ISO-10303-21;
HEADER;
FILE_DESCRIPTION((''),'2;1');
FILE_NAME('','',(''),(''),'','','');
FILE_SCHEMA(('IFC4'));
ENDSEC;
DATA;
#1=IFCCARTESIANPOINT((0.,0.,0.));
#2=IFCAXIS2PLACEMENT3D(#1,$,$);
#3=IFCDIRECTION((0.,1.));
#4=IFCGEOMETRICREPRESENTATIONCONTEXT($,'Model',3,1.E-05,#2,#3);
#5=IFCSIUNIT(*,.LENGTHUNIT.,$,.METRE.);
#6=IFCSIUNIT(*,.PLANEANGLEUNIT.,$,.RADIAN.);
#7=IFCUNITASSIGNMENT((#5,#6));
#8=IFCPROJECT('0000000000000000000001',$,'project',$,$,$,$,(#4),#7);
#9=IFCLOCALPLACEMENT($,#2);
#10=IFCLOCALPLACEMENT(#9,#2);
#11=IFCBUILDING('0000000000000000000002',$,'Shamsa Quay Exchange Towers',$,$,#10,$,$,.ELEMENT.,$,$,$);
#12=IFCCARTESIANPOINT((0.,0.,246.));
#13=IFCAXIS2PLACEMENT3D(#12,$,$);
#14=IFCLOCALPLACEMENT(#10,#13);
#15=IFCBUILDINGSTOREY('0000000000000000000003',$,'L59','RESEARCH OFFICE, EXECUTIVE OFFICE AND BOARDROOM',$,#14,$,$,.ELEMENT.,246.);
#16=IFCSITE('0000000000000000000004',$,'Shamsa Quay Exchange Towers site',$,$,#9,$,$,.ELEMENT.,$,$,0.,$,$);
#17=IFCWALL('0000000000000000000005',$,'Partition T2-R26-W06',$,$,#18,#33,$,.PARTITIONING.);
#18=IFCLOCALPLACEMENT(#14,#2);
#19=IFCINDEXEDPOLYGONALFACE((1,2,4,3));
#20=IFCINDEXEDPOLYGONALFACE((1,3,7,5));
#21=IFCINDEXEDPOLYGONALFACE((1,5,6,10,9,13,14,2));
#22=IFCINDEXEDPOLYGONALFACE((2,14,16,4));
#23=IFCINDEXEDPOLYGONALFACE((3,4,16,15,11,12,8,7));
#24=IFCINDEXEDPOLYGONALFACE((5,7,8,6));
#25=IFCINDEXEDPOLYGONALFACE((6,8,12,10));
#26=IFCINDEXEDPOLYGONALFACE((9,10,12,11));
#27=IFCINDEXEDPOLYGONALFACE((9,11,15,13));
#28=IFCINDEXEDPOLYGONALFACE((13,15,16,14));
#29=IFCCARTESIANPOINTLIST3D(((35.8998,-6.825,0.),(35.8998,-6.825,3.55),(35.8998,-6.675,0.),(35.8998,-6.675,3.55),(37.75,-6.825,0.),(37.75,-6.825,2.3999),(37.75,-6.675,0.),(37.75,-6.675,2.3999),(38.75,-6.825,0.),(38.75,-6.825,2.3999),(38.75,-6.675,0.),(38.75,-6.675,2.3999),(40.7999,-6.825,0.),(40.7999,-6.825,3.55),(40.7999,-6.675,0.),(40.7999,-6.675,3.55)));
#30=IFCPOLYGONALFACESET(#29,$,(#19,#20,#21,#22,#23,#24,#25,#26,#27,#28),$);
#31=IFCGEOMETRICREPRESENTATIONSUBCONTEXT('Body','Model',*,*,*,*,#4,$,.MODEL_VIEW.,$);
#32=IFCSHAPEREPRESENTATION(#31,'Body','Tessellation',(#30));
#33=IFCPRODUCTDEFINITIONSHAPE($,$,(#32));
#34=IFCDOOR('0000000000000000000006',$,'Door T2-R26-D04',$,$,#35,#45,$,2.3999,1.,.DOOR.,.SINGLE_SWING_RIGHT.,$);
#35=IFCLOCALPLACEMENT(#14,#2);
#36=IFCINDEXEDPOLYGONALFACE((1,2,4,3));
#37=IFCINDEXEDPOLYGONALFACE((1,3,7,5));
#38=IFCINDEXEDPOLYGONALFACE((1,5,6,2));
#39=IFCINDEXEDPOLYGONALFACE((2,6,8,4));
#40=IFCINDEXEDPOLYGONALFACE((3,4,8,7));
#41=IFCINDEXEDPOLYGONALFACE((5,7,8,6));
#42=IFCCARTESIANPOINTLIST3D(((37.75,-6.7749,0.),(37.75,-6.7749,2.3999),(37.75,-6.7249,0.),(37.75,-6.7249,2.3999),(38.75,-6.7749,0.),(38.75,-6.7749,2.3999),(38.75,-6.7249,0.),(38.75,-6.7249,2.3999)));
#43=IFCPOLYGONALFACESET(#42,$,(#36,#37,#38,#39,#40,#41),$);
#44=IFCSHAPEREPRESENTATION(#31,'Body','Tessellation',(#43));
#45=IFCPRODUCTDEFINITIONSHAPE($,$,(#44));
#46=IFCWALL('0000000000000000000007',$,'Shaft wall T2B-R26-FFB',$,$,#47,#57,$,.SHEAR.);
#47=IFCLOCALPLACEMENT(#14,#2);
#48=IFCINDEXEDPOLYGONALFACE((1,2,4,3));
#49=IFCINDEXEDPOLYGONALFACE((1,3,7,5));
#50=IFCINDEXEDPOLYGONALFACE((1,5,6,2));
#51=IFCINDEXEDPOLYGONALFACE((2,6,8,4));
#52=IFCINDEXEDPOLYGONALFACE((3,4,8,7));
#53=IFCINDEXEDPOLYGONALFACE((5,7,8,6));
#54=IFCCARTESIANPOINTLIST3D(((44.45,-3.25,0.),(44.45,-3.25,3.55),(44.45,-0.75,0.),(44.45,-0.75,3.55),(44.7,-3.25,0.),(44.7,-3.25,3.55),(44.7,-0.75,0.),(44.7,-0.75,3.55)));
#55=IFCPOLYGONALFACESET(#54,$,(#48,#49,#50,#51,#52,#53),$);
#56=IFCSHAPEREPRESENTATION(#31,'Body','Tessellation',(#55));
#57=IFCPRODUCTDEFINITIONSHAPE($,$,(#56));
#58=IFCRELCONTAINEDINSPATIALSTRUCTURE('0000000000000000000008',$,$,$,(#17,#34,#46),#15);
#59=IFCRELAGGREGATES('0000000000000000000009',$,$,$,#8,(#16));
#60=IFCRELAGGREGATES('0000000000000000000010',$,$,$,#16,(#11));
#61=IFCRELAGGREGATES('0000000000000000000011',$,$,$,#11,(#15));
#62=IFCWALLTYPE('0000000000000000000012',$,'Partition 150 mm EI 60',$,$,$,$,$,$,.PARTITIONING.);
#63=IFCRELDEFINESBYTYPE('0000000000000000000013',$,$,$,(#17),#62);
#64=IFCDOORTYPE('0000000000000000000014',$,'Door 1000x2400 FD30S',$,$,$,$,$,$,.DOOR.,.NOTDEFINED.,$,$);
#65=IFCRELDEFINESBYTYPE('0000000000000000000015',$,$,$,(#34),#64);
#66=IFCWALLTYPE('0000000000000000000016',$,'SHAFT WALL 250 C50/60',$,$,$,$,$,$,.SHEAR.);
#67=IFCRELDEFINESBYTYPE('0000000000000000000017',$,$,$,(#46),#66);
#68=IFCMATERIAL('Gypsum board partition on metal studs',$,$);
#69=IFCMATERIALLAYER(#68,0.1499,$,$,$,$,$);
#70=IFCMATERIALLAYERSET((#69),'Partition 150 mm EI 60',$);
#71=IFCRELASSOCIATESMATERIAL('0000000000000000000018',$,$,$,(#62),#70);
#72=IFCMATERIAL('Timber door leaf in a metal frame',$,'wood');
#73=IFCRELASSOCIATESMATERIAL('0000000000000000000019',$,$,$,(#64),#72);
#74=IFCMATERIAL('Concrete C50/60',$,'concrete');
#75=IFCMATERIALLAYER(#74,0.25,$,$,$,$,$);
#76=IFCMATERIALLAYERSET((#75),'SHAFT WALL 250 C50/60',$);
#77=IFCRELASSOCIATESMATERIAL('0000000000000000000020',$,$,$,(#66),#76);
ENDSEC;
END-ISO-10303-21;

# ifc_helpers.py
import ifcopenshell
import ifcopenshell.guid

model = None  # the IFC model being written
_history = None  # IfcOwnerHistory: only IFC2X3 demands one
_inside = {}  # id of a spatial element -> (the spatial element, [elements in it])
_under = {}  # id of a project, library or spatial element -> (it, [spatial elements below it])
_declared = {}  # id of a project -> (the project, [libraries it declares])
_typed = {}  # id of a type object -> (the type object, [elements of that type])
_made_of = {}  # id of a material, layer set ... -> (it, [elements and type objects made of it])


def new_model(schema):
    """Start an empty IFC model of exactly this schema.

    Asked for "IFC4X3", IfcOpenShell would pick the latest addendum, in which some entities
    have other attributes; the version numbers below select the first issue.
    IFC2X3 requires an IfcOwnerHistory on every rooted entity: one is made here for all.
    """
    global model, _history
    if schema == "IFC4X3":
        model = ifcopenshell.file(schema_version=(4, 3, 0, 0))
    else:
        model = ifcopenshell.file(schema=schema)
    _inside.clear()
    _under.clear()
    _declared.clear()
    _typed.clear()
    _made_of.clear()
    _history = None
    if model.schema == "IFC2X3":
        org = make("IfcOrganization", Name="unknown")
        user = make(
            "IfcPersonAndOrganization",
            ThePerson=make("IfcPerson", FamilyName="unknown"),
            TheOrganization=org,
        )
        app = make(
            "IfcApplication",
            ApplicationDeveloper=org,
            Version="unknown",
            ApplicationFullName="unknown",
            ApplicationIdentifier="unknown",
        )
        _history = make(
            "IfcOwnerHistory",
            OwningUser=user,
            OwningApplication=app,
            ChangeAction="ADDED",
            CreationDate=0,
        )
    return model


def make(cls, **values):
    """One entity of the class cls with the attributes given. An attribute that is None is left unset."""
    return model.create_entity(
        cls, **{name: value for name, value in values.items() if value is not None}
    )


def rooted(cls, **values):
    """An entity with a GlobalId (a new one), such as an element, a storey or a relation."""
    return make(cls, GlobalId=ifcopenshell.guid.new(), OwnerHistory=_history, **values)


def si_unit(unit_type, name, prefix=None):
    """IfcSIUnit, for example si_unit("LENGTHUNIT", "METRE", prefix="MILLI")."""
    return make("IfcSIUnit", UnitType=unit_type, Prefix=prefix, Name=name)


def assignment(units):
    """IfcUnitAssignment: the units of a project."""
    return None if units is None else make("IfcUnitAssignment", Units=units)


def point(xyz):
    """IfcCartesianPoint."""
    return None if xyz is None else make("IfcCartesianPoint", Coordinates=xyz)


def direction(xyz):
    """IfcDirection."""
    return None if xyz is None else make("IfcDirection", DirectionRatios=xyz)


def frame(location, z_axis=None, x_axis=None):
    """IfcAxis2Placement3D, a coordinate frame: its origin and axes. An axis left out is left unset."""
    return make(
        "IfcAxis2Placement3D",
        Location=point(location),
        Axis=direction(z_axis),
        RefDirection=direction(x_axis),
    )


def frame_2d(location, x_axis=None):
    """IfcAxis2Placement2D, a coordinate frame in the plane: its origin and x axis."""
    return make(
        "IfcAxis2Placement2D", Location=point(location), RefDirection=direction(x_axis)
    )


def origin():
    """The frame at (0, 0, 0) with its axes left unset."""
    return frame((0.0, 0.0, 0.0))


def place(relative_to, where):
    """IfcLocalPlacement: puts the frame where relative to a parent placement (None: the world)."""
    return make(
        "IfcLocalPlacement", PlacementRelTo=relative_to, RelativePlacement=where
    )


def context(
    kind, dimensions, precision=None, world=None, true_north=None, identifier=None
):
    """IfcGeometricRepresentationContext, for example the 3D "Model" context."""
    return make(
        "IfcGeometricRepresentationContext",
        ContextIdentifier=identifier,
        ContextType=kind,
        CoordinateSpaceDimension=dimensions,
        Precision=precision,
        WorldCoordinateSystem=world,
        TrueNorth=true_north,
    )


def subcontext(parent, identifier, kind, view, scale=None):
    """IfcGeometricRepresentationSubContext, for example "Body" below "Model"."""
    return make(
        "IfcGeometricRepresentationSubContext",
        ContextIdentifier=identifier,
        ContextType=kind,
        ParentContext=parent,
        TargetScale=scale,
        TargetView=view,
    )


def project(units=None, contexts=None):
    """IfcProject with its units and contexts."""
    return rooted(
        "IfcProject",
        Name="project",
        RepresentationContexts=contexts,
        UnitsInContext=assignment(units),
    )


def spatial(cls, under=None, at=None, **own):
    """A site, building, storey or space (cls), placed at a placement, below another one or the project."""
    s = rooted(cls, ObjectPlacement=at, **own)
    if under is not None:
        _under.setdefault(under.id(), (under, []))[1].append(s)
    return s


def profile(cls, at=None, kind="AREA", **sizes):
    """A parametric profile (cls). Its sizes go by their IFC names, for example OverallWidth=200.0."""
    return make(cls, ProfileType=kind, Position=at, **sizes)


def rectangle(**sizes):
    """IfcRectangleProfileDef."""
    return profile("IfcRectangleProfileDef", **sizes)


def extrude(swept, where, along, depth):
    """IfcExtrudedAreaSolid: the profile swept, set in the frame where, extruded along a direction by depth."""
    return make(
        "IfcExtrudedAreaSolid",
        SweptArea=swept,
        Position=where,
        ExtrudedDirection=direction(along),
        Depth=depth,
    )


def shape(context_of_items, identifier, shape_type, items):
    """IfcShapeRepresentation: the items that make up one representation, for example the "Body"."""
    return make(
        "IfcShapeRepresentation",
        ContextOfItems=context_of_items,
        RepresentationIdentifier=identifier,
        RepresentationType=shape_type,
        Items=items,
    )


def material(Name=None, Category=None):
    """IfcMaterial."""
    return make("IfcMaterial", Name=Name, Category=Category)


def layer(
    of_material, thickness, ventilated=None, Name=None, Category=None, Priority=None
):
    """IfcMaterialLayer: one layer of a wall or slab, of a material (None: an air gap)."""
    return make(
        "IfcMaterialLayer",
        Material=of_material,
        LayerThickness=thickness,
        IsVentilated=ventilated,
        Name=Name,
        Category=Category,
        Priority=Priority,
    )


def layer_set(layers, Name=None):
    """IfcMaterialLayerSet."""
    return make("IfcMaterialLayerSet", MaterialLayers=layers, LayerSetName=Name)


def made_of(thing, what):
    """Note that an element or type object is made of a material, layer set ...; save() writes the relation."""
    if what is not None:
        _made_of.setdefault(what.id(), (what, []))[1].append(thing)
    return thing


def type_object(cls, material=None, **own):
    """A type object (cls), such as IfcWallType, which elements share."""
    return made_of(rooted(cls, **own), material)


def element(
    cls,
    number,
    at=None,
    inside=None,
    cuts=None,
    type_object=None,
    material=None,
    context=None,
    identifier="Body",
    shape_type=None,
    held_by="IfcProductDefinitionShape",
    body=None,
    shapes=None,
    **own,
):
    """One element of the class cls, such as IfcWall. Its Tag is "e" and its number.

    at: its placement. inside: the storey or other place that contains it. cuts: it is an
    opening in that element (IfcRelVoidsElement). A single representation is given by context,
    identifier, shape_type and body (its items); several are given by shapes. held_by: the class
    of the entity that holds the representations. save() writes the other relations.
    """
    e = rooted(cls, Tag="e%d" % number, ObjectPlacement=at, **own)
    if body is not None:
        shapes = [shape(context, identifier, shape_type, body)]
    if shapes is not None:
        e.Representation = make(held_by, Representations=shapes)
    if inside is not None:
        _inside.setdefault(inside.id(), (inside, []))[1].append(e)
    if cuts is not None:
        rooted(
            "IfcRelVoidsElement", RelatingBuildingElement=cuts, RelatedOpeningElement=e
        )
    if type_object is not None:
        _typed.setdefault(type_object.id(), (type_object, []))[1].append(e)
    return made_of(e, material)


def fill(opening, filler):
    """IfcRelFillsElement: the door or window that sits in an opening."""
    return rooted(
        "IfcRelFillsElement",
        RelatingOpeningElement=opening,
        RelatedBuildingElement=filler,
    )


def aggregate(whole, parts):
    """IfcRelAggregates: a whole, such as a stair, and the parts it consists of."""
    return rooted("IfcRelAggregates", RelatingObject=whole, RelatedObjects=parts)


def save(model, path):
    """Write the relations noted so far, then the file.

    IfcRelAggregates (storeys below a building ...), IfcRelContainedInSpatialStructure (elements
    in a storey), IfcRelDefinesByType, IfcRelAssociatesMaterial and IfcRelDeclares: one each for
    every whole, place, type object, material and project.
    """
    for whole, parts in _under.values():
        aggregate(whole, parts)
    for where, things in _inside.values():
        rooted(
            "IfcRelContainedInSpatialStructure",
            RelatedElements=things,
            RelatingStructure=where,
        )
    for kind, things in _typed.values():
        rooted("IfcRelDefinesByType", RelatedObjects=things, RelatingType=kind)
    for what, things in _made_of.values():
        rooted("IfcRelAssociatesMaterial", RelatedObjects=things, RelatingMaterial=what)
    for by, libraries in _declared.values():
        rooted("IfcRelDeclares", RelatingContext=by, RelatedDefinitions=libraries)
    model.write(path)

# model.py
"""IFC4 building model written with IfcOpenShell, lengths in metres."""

from ifc_helpers import new_model, si_unit, direction, frame, frame_2d, origin, place, context, subcontext, project, spatial, rectangle, extrude, material, layer, layer_set, type_object, element, fill, save


model = new_model("IFC4")

# Units and contexts
model_context = context("Model", 3, precision=1e-05, world=origin(), true_north=direction((0.0, 1.0)))
body_context = subcontext(model_context, "Body", "Model", "MODEL_VIEW")
ifc_project = project(units=[si_unit("LENGTHUNIT", "METRE"), si_unit("PLANEANGLEUNIT", "RADIAN")], contexts=[model_context])

# Site, building, storey
site_placement = place(None, origin())
site = spatial("IfcSite", under=ifc_project, at=site_placement, Name="Shamsa Quay Exchange Towers site", CompositionType="ELEMENT", RefElevation=0.0)
building_placement = place(site_placement, origin())
building = spatial("IfcBuilding", under=site, at=building_placement, Name="Shamsa Quay Exchange Towers", CompositionType="ELEMENT")
storey_placement = place(building_placement, frame((0.0, 0.0, 246.0)))
storey = spatial("IfcBuildingStorey", under=building, at=storey_placement, Name="L59", Description="RESEARCH OFFICE, EXECUTIVE OFFICE AND BOARDROOM", CompositionType="ELEMENT", Elevation=246.0)

# Wall, opening, door
ifc_material_1 = material(Name="Gypsum board partition on metal studs")
ifc_material_2 = material(Name="Timber door leaf in a metal frame", Category="wood")
ifc_layer_1 = layer(ifc_material_1, 0.1499)
ifc_layer_set_1 = layer_set([ifc_layer_1], Name="Partition 150 mm EI 60")
wall_type_1 = type_object("IfcWallType", Name="Partition 150 mm EI 60", PredefinedType="PARTITIONING", material=ifc_layer_set_1)
wall_1_placement = place(storey_placement, frame((40.8, -6.75, 0.0), z_axis=(0.0, 0.0, 1.0), x_axis=(-1.0, 0.0, 0.0)))
wall_1 = element("IfcWall", 1, at=wall_1_placement, inside=storey, type_object=wall_type_1, Name="Partition T2-R26-W06", PredefinedType="PARTITIONING", context=body_context, shape_type="SweptSolid", body=[
    extrude(rectangle(XDim=4.9001, YDim=0.1499, at=frame_2d((2.4502, 0.0))), origin(), (0.0, 0.0, 1.0), 3.55),
])
opening_1_placement = place(wall_1_placement, frame((2.05, 0.0, 0.0)))
opening_1 = element("IfcOpeningElement", 2, at=opening_1_placement, cuts=wall_1, PredefinedType="OPENING", context=body_context, shape_type="SweptSolid", body=[
    extrude(rectangle(XDim=1.0, YDim=2.3999, at=frame_2d((0.5, 1.2))), frame((0.0, 0.085, 0.0), z_axis=(0.0, -1.0, 0.0), x_axis=(1.0, 0.0, 0.0)), (0.0, 0.0, 1.0), 0.1699),
])
door_type_1 = type_object("IfcDoorType", Name="Door 1000x2400 FD30S", OperationType="NOTDEFINED", PredefinedType="DOOR", material=ifc_material_2)
door_1_placement = place(opening_1_placement, origin())
door_1 = element("IfcDoor", 3, at=door_1_placement, inside=storey, type_object=door_type_1, Name="Door T2-R26-D04", OperationType="SINGLE_SWING_RIGHT", OverallHeight=2.3999, OverallWidth=1.0, PredefinedType="DOOR", context=body_context, shape_type="SweptSolid", body=[
    extrude(rectangle(XDim=1.0, YDim=2.3999, at=frame_2d((0.5, 1.2))), frame((0.0, 0.0249, 0.0), z_axis=(0.0, -1.0, 0.0), x_axis=(1.0, 0.0, 0.0)), (0.0, 0.0, 1.0), 0.05),
])
fill(opening_1, door_1)

# Wall
ifc_material_3 = material(Name="Concrete C50/60", Category="concrete")
ifc_layer_2 = layer(ifc_material_3, 0.25)
ifc_layer_set_2 = layer_set([ifc_layer_2], Name="SHAFT WALL 250 C50/60")
wall_type_2 = type_object("IfcWallType", Name="SHAFT WALL 250 C50/60", PredefinedType="SHEAR", material=ifc_layer_set_2)
wall_2_placement = place(storey_placement, frame((44.575, -3.25, 0.0), z_axis=(0.0, 0.0, 1.0), x_axis=(0.0, 1.0, 0.0)))
element("IfcWall", 4, at=wall_2_placement, inside=storey, type_object=wall_type_2, Name="Shaft wall T2B-R26-FFB", PredefinedType="SHEAR", context=body_context, shape_type="SweptSolid", body=[
    extrude(rectangle(XDim=2.5, YDim=0.25, at=frame_2d((1.25, 0.0))), origin(), (0.0, 0.0, 1.0), 3.55),
])

save(model, "model.ifc")
